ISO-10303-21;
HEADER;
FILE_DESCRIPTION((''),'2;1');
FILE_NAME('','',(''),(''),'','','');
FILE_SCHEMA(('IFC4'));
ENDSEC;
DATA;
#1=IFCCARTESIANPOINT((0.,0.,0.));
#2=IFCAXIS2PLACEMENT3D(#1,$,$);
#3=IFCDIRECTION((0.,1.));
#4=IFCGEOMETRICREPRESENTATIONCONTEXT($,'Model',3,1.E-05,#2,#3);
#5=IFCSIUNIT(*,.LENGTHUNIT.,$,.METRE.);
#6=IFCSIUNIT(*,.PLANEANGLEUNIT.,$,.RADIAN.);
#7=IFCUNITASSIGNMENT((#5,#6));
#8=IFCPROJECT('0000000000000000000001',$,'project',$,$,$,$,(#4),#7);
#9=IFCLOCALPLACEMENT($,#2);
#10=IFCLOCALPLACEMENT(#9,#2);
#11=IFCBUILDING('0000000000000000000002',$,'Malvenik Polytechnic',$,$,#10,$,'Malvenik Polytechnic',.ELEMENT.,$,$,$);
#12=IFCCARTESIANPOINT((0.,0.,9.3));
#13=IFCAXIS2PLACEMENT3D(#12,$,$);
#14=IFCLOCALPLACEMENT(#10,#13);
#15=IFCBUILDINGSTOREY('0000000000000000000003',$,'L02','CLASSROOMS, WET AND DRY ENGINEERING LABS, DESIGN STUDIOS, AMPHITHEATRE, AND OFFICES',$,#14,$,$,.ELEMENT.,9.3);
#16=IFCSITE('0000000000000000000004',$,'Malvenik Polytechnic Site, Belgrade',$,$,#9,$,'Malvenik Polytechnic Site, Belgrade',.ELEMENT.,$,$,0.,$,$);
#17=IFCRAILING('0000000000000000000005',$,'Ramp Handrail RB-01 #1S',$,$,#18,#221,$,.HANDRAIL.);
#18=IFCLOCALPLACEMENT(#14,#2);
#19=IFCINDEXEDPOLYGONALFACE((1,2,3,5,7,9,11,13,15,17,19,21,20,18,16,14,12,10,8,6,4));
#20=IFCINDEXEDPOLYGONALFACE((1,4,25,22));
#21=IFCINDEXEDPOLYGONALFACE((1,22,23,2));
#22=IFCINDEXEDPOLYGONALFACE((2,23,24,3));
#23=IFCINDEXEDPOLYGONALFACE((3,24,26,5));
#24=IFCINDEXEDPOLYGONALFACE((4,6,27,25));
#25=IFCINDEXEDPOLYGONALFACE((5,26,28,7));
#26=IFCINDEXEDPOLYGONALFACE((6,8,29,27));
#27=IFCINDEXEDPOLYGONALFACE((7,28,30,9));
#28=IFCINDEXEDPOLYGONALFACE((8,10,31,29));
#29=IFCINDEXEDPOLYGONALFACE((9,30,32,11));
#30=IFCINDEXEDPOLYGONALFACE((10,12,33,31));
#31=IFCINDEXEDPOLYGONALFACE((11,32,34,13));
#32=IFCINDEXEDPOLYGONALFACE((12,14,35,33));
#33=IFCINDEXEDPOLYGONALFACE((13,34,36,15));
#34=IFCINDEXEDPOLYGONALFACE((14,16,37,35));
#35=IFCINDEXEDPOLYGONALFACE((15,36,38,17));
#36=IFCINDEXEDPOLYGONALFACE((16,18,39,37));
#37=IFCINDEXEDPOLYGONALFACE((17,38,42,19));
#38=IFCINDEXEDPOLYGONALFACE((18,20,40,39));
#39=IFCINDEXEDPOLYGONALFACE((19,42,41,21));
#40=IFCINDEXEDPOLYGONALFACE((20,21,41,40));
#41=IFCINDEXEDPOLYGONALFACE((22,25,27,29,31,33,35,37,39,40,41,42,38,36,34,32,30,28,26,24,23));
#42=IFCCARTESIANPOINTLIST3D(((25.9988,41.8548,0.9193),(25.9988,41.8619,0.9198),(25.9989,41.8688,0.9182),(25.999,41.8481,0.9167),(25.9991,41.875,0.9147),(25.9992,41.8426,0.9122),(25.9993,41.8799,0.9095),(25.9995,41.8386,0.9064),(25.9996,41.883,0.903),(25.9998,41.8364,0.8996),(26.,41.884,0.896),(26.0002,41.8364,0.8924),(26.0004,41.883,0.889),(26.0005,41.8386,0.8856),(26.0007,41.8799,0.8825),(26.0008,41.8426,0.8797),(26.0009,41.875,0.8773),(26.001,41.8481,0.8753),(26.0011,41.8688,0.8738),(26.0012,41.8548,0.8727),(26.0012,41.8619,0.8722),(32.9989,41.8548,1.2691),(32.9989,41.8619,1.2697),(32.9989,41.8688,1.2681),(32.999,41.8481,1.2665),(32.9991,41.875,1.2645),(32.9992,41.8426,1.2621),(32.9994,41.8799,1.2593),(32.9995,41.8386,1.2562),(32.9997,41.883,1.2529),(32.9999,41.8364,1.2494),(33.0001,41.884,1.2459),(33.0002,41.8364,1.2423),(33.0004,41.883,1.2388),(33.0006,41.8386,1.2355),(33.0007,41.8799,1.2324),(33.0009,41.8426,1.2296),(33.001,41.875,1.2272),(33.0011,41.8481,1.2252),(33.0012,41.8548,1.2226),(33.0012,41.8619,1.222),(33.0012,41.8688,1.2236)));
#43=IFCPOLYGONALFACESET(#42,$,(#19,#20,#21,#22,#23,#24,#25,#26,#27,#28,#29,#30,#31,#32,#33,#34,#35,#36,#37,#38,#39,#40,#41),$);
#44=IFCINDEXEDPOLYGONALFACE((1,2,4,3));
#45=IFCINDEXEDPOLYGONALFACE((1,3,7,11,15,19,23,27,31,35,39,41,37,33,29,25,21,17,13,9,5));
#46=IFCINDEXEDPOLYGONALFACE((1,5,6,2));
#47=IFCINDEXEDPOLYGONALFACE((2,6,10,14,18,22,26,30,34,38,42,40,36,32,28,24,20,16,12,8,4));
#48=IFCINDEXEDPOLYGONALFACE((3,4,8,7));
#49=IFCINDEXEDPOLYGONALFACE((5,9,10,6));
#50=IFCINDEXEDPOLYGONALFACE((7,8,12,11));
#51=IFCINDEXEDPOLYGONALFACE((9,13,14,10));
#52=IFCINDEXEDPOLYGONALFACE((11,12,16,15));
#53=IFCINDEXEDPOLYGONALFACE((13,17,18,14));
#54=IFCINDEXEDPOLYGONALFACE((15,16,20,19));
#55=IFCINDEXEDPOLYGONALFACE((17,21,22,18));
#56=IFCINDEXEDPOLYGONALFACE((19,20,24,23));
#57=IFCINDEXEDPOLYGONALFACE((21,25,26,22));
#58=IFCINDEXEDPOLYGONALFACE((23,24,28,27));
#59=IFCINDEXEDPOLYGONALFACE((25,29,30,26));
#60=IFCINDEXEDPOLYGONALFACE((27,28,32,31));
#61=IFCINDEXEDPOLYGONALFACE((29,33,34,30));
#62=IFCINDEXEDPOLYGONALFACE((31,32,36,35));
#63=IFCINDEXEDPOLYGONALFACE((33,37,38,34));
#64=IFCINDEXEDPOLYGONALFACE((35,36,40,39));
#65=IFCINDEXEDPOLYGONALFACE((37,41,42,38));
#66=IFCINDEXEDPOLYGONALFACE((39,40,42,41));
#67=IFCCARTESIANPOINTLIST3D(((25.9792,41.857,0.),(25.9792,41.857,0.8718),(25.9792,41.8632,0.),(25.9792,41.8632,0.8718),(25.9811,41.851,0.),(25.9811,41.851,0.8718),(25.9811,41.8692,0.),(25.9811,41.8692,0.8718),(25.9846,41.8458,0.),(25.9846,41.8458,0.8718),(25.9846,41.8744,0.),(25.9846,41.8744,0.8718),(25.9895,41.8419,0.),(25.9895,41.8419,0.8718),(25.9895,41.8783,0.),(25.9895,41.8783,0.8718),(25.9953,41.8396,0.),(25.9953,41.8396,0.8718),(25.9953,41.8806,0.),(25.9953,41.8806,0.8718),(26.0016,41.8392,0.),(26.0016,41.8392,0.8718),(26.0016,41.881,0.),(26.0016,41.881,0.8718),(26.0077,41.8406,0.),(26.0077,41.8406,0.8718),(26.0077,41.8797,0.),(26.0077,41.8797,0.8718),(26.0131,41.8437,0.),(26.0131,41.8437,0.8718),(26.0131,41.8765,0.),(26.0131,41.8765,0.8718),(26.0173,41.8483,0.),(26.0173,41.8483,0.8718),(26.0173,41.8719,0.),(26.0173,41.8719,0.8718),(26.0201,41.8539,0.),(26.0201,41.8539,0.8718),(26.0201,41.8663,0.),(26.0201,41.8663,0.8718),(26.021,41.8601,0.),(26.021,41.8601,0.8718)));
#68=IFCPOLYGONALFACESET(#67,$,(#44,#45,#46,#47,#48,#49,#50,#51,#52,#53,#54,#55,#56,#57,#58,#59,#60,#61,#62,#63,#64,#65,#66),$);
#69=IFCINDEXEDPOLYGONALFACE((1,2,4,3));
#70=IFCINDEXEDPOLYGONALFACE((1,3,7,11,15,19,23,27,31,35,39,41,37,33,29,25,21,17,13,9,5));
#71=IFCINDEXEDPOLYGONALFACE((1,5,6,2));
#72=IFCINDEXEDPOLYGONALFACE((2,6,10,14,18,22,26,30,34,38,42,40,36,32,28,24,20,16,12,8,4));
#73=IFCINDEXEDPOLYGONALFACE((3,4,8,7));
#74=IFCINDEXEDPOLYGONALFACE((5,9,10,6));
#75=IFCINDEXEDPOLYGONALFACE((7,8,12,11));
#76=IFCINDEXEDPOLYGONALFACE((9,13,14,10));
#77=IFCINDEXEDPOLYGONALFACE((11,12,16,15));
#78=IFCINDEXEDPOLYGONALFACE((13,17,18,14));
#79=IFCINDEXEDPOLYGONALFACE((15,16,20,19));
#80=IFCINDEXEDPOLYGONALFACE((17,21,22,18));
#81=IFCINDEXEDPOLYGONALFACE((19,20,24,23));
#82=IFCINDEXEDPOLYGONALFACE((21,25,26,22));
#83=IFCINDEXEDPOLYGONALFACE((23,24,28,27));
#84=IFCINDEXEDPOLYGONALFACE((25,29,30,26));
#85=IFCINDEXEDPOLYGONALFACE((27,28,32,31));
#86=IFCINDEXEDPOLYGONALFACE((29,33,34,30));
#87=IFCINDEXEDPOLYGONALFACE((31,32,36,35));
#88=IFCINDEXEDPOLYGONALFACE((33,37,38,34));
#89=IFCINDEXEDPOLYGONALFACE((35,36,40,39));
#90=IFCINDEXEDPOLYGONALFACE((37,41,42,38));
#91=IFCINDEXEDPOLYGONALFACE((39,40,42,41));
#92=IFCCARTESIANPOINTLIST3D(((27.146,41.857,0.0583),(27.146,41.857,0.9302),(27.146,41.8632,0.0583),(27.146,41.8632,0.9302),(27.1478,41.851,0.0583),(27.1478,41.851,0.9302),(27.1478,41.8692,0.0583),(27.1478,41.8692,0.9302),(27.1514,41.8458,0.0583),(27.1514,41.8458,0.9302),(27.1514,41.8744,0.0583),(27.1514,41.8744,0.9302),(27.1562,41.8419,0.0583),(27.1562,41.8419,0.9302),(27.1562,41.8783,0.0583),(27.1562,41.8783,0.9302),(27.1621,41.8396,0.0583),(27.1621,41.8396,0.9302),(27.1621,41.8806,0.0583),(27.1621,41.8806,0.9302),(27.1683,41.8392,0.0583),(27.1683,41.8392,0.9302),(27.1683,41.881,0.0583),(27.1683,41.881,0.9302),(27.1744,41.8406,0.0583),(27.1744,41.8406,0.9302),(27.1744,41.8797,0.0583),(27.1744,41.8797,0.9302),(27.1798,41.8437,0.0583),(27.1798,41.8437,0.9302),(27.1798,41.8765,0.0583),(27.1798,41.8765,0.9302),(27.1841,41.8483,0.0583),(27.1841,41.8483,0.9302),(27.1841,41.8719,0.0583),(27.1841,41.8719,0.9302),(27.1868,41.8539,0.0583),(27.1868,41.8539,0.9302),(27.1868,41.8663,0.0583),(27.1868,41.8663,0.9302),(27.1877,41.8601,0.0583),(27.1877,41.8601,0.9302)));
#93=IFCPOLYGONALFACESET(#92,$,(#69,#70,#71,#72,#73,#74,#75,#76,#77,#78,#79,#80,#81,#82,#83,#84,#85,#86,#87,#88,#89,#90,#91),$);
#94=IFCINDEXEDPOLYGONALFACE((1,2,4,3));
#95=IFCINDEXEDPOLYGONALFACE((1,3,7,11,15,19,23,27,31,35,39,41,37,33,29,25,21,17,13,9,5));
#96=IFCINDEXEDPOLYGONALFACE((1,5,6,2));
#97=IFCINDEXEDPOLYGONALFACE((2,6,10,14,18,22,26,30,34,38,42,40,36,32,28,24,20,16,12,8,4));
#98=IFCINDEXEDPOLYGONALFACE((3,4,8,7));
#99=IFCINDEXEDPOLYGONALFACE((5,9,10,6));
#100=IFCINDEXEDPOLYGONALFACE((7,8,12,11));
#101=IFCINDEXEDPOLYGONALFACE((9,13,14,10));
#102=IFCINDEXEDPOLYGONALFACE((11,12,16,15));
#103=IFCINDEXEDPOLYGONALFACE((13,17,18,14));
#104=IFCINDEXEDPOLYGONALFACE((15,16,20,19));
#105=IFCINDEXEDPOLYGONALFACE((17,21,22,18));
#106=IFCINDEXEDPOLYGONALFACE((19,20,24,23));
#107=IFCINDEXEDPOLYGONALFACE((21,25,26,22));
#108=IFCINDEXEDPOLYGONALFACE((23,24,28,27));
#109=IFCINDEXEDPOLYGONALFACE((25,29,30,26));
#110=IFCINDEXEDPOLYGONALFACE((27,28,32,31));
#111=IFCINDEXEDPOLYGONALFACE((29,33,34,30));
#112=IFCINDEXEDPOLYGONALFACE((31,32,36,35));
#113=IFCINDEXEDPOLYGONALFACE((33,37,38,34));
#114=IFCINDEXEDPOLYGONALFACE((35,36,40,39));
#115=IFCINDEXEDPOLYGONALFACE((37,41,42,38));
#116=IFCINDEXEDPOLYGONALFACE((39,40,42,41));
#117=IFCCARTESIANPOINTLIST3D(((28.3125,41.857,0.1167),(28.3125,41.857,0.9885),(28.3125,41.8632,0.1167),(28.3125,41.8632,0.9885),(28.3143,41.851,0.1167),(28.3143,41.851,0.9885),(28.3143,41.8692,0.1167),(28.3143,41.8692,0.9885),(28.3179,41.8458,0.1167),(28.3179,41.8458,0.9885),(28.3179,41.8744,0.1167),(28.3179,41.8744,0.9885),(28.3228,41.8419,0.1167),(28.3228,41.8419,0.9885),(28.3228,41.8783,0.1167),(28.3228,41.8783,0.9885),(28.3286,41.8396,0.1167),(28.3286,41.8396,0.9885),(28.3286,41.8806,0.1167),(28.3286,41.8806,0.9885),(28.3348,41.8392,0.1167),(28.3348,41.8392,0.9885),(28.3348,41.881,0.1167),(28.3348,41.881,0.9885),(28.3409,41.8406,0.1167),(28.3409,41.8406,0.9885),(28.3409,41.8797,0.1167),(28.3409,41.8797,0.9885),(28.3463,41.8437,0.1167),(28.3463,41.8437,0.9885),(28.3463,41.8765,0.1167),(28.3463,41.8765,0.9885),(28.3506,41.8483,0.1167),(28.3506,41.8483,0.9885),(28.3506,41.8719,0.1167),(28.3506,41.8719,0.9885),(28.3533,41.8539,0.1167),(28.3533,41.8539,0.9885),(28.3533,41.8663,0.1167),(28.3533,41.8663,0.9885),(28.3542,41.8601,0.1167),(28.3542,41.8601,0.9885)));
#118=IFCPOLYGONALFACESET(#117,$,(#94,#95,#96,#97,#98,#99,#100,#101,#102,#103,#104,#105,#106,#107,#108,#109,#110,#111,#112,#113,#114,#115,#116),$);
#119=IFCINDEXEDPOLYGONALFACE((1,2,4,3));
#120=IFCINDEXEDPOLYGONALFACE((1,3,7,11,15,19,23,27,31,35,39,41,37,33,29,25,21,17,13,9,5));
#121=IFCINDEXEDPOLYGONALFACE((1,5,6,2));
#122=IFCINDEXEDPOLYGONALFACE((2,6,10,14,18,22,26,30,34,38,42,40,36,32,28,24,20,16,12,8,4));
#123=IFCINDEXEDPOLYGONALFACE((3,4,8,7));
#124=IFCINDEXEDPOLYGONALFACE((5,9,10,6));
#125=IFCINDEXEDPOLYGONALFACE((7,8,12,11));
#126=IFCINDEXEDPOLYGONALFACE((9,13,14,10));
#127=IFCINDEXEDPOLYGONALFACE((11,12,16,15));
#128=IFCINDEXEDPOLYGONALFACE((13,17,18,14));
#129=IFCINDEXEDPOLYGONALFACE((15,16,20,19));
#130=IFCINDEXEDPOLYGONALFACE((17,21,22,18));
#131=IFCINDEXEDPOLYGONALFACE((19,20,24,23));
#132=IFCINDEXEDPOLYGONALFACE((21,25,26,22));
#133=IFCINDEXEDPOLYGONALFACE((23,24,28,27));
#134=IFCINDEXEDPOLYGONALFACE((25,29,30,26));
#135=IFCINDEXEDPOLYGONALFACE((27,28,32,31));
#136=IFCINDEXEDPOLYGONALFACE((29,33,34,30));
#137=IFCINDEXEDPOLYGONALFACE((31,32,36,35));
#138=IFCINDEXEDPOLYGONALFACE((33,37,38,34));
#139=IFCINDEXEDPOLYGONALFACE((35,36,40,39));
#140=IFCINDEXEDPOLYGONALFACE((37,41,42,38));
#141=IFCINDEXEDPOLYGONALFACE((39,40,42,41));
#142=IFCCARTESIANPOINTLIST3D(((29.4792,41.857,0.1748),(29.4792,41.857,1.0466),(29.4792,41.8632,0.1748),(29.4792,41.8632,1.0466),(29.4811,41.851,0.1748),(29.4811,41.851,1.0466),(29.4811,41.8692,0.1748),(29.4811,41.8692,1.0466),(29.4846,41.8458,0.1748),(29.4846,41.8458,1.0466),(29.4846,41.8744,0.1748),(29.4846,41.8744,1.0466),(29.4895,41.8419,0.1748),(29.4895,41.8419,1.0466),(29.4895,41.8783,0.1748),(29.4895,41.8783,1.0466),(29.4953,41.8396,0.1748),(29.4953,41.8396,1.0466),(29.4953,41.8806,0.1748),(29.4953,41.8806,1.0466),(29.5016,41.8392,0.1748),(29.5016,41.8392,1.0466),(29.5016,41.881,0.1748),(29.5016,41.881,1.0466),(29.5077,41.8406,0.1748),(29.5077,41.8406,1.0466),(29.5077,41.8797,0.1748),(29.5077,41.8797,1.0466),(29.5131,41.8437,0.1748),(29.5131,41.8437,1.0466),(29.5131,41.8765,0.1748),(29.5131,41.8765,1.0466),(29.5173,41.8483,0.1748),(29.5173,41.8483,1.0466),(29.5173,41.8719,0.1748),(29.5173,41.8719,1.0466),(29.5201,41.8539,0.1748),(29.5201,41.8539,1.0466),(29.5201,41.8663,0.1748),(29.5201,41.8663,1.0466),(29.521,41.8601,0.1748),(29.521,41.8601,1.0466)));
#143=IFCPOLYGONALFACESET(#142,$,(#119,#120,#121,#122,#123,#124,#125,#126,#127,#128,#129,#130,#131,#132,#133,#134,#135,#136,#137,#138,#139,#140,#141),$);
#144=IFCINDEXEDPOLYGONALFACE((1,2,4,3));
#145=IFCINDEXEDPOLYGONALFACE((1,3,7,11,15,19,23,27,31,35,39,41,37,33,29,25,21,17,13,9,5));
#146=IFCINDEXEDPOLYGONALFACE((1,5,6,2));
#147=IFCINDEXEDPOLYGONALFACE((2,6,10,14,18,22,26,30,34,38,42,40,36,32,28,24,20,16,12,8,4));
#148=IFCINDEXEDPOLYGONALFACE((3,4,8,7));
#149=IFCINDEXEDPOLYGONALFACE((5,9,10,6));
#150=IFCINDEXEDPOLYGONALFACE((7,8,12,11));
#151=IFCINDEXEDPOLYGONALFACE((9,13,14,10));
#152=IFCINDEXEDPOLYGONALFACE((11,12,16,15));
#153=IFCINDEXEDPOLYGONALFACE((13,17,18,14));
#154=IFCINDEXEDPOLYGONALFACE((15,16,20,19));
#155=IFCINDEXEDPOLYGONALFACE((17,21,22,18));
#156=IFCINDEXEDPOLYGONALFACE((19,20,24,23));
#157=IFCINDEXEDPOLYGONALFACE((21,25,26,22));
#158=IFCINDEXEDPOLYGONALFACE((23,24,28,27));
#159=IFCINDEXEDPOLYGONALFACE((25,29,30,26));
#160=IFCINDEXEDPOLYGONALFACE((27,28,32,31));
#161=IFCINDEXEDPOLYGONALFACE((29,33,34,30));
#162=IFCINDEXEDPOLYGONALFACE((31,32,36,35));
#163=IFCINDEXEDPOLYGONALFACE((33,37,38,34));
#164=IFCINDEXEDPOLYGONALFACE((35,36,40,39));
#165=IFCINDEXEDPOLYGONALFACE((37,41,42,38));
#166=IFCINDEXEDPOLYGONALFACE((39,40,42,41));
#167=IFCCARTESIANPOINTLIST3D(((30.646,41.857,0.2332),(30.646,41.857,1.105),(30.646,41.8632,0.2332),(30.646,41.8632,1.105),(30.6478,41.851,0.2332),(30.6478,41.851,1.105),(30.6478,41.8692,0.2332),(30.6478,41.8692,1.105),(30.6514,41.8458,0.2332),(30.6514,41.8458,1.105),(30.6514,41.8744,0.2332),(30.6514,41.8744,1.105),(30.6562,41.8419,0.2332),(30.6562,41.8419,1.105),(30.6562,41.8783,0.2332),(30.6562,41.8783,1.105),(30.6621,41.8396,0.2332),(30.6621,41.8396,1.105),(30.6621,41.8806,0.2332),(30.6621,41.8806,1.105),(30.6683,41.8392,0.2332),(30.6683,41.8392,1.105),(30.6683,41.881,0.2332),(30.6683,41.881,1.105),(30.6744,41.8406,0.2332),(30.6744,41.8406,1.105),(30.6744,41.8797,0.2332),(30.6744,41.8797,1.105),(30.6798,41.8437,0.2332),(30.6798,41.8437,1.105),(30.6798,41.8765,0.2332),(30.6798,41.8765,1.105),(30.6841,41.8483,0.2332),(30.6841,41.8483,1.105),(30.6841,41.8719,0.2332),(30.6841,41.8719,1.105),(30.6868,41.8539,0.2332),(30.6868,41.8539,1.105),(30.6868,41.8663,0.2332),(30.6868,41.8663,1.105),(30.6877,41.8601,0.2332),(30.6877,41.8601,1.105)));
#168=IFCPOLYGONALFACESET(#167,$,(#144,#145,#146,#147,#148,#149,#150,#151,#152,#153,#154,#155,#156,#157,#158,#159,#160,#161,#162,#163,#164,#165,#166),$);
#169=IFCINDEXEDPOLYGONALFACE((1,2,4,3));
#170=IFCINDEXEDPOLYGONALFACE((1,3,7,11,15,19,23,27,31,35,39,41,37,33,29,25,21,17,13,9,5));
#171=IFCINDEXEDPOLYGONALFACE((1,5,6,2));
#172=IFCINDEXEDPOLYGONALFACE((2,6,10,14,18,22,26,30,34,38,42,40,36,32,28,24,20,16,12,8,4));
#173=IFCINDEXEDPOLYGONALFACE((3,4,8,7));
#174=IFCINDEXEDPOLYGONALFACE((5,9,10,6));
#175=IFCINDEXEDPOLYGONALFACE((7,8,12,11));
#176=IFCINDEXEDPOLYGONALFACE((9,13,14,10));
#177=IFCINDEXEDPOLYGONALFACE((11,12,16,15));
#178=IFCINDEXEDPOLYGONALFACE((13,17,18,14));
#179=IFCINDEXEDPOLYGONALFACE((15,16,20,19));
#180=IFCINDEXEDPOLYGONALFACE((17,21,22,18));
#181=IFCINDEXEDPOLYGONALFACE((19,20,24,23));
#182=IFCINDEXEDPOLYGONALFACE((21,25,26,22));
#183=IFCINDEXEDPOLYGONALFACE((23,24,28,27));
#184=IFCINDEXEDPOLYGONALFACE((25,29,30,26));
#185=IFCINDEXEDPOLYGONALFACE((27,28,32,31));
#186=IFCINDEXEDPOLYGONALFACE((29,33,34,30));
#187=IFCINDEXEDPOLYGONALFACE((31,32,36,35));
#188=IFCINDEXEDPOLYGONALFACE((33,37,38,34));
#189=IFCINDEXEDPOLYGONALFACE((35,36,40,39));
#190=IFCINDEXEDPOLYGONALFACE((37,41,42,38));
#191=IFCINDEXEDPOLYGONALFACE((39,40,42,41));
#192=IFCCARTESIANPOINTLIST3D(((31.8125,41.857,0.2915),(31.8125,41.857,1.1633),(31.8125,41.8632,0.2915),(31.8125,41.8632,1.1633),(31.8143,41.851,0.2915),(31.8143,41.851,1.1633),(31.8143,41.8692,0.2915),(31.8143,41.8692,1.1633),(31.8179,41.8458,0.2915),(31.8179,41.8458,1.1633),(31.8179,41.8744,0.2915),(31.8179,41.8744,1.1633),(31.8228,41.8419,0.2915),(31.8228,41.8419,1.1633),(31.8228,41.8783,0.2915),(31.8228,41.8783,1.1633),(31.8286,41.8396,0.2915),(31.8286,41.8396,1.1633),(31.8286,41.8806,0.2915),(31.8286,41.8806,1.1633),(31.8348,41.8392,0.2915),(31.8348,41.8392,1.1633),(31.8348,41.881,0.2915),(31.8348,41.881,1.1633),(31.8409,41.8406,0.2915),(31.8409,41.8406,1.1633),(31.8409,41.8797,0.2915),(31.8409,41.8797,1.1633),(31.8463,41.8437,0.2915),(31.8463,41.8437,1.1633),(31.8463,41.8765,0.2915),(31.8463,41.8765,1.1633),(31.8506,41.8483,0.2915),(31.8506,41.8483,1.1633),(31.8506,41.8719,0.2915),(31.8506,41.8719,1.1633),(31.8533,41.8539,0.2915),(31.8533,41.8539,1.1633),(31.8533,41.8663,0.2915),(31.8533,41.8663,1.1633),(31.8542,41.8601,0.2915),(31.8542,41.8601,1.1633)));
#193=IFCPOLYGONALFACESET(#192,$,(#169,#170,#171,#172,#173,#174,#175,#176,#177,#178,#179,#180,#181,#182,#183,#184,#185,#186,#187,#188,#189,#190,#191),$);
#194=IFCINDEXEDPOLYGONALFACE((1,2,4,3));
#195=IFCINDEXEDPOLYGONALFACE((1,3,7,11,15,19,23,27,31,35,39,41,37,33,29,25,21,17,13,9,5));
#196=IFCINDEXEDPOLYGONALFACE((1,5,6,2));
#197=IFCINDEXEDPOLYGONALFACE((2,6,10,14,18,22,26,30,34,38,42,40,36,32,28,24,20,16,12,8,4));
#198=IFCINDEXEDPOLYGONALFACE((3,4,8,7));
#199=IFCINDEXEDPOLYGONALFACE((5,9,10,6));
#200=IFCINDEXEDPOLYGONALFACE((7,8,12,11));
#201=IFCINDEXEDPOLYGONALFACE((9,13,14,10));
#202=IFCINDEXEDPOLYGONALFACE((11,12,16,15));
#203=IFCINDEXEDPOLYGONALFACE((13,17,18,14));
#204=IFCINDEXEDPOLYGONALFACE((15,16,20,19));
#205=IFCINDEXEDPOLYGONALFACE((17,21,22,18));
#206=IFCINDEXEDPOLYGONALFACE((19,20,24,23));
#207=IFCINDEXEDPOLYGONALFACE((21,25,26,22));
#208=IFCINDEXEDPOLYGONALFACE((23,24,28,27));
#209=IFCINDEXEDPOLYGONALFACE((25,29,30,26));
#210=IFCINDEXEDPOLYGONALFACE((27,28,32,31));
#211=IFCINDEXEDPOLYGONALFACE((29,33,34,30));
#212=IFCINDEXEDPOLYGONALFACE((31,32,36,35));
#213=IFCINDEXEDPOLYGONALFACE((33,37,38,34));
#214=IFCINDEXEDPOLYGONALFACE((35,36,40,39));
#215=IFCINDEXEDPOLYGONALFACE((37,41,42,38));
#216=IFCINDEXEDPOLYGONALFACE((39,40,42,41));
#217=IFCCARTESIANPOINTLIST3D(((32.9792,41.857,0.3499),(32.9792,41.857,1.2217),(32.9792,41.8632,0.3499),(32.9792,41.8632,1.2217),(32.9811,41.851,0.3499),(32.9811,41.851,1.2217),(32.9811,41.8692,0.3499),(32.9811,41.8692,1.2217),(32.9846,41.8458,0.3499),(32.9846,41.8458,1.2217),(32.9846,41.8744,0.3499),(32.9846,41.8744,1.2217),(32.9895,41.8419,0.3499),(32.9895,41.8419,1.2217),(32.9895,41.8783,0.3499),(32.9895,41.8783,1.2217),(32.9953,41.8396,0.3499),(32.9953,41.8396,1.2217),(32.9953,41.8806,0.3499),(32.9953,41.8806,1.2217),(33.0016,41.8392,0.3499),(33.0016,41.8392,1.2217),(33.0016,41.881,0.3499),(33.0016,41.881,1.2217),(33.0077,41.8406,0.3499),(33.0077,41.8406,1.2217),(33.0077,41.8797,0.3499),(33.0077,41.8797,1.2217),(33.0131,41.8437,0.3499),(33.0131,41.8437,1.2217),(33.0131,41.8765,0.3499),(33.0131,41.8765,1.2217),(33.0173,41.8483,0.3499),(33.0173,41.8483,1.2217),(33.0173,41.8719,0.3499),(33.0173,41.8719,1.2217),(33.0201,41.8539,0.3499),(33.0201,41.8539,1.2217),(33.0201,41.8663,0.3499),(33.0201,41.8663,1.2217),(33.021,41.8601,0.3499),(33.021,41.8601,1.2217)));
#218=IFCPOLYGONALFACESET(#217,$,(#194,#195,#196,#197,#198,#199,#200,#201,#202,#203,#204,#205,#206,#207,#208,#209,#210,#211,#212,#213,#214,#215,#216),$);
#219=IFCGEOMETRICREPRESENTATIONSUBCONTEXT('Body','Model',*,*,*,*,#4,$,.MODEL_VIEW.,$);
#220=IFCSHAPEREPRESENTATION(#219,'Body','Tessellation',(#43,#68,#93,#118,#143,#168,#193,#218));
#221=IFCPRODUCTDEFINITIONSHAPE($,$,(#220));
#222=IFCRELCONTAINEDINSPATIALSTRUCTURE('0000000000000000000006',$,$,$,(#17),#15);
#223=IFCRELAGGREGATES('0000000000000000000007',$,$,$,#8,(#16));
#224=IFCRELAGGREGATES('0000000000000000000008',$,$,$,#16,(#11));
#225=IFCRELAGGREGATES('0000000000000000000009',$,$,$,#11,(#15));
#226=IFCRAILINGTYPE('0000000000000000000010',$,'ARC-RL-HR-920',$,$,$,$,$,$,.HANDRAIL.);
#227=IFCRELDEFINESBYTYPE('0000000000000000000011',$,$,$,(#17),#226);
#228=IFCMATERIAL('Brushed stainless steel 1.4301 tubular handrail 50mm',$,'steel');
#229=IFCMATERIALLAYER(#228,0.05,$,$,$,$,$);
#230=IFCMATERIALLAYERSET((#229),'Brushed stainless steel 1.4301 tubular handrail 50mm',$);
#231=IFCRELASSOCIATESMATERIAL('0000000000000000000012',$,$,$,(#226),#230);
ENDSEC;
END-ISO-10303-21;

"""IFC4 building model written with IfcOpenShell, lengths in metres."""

from ifc_helpers import new_model, si_unit, direction, frame, origin, origin_2d, place, context, subcontext, project, spatial, circle, extrude, material, layer, layer_set, type_object, element, save


model = new_model("IFC4")

# Units and contexts
model_context = context("Model", 3, precision=1e-05, world=origin(), true_north=direction((0.0, 1.0)))
body_context = subcontext(model_context, "Body", "Model", "MODEL_VIEW")
ifc_project = project(units=[si_unit("LENGTHUNIT", "METRE"), si_unit("PLANEANGLEUNIT", "RADIAN")], contexts=[model_context])

# Site, building, storey
site_placement = place(None, origin())
site = spatial("IfcSite", under=ifc_project, at=site_placement, Name="Malvenik Polytechnic Site, Belgrade", LongName="Malvenik Polytechnic Site, Belgrade", CompositionType="ELEMENT", RefElevation=0.0)
building_placement = place(site_placement, origin())
building = spatial("IfcBuilding", under=site, at=building_placement, Name="Malvenik Polytechnic", LongName="Malvenik Polytechnic", CompositionType="ELEMENT")
storey_placement = place(building_placement, frame((0.0, 0.0, 9.3)))
storey = spatial("IfcBuildingStorey", under=building, at=storey_placement, Name="L02", Description="CLASSROOMS, WET AND DRY ENGINEERING LABS, DESIGN STUDIOS, AMPHITHEATRE, AND OFFICES", CompositionType="ELEMENT", Elevation=9.3)

# Railing
ifc_material_1 = material(Name="Brushed stainless steel 1.4301 tubular handrail 50mm", Category="steel")
ifc_layer_1 = layer(ifc_material_1, 0.05)
ifc_layer_set_1 = layer_set([ifc_layer_1], Name="Brushed stainless steel 1.4301 tubular handrail 50mm")
railing_type_1 = type_object("IfcRailingType", Name="ARC-RL-HR-920", PredefinedType="HANDRAIL", material=ifc_layer_set_1)
railing_1_placement = place(storey_placement, frame((26.0, 41.8601, 0.0)))
element("IfcRailing", 1, at=railing_1_placement, inside=storey, type_object=railing_type_1, Name="Ramp Handrail RB-01 #1S", PredefinedType="HANDRAIL", context=body_context, shape_type="SweptSolid", body=[
    extrude(circle(Radius=0.0239, at=origin_2d()), frame((0.0, 0.0, 0.896), z_axis=(0.998753, 0.0, 0.049917), x_axis=(0.0, 1.0, 0.0)), (0.0, 0.0, 1.0), 7.0088),
    extrude(circle(Radius=0.021, at=origin_2d()), origin(), (0.0, 0.0, 1.0), 0.8718),
    extrude(circle(Radius=0.021, at=origin_2d()), frame((1.1667, 0.0, 0.0583)), (0.0, 0.0, 1.0), 0.8718),
    extrude(circle(Radius=0.021, at=origin_2d()), frame((2.3333, 0.0, 0.1167)), (0.0, 0.0, 1.0), 0.8718),
    extrude(circle(Radius=0.021, at=origin_2d()), frame((3.5, 0.0, 0.1748)), (0.0, 0.0, 1.0), 0.8718),
    extrude(circle(Radius=0.021, at=origin_2d()), frame((4.6667, 0.0, 0.2332)), (0.0, 0.0, 1.0), 0.8718),
    extrude(circle(Radius=0.021, at=origin_2d()), frame((5.8333, 0.0, 0.2915)), (0.0, 0.0, 1.0), 0.8718),
    extrude(circle(Radius=0.021, at=origin_2d()), frame((7.0, 0.0, 0.3499)), (0.0, 0.0, 1.0), 0.8718),
])

save(model, "model.ifc")
